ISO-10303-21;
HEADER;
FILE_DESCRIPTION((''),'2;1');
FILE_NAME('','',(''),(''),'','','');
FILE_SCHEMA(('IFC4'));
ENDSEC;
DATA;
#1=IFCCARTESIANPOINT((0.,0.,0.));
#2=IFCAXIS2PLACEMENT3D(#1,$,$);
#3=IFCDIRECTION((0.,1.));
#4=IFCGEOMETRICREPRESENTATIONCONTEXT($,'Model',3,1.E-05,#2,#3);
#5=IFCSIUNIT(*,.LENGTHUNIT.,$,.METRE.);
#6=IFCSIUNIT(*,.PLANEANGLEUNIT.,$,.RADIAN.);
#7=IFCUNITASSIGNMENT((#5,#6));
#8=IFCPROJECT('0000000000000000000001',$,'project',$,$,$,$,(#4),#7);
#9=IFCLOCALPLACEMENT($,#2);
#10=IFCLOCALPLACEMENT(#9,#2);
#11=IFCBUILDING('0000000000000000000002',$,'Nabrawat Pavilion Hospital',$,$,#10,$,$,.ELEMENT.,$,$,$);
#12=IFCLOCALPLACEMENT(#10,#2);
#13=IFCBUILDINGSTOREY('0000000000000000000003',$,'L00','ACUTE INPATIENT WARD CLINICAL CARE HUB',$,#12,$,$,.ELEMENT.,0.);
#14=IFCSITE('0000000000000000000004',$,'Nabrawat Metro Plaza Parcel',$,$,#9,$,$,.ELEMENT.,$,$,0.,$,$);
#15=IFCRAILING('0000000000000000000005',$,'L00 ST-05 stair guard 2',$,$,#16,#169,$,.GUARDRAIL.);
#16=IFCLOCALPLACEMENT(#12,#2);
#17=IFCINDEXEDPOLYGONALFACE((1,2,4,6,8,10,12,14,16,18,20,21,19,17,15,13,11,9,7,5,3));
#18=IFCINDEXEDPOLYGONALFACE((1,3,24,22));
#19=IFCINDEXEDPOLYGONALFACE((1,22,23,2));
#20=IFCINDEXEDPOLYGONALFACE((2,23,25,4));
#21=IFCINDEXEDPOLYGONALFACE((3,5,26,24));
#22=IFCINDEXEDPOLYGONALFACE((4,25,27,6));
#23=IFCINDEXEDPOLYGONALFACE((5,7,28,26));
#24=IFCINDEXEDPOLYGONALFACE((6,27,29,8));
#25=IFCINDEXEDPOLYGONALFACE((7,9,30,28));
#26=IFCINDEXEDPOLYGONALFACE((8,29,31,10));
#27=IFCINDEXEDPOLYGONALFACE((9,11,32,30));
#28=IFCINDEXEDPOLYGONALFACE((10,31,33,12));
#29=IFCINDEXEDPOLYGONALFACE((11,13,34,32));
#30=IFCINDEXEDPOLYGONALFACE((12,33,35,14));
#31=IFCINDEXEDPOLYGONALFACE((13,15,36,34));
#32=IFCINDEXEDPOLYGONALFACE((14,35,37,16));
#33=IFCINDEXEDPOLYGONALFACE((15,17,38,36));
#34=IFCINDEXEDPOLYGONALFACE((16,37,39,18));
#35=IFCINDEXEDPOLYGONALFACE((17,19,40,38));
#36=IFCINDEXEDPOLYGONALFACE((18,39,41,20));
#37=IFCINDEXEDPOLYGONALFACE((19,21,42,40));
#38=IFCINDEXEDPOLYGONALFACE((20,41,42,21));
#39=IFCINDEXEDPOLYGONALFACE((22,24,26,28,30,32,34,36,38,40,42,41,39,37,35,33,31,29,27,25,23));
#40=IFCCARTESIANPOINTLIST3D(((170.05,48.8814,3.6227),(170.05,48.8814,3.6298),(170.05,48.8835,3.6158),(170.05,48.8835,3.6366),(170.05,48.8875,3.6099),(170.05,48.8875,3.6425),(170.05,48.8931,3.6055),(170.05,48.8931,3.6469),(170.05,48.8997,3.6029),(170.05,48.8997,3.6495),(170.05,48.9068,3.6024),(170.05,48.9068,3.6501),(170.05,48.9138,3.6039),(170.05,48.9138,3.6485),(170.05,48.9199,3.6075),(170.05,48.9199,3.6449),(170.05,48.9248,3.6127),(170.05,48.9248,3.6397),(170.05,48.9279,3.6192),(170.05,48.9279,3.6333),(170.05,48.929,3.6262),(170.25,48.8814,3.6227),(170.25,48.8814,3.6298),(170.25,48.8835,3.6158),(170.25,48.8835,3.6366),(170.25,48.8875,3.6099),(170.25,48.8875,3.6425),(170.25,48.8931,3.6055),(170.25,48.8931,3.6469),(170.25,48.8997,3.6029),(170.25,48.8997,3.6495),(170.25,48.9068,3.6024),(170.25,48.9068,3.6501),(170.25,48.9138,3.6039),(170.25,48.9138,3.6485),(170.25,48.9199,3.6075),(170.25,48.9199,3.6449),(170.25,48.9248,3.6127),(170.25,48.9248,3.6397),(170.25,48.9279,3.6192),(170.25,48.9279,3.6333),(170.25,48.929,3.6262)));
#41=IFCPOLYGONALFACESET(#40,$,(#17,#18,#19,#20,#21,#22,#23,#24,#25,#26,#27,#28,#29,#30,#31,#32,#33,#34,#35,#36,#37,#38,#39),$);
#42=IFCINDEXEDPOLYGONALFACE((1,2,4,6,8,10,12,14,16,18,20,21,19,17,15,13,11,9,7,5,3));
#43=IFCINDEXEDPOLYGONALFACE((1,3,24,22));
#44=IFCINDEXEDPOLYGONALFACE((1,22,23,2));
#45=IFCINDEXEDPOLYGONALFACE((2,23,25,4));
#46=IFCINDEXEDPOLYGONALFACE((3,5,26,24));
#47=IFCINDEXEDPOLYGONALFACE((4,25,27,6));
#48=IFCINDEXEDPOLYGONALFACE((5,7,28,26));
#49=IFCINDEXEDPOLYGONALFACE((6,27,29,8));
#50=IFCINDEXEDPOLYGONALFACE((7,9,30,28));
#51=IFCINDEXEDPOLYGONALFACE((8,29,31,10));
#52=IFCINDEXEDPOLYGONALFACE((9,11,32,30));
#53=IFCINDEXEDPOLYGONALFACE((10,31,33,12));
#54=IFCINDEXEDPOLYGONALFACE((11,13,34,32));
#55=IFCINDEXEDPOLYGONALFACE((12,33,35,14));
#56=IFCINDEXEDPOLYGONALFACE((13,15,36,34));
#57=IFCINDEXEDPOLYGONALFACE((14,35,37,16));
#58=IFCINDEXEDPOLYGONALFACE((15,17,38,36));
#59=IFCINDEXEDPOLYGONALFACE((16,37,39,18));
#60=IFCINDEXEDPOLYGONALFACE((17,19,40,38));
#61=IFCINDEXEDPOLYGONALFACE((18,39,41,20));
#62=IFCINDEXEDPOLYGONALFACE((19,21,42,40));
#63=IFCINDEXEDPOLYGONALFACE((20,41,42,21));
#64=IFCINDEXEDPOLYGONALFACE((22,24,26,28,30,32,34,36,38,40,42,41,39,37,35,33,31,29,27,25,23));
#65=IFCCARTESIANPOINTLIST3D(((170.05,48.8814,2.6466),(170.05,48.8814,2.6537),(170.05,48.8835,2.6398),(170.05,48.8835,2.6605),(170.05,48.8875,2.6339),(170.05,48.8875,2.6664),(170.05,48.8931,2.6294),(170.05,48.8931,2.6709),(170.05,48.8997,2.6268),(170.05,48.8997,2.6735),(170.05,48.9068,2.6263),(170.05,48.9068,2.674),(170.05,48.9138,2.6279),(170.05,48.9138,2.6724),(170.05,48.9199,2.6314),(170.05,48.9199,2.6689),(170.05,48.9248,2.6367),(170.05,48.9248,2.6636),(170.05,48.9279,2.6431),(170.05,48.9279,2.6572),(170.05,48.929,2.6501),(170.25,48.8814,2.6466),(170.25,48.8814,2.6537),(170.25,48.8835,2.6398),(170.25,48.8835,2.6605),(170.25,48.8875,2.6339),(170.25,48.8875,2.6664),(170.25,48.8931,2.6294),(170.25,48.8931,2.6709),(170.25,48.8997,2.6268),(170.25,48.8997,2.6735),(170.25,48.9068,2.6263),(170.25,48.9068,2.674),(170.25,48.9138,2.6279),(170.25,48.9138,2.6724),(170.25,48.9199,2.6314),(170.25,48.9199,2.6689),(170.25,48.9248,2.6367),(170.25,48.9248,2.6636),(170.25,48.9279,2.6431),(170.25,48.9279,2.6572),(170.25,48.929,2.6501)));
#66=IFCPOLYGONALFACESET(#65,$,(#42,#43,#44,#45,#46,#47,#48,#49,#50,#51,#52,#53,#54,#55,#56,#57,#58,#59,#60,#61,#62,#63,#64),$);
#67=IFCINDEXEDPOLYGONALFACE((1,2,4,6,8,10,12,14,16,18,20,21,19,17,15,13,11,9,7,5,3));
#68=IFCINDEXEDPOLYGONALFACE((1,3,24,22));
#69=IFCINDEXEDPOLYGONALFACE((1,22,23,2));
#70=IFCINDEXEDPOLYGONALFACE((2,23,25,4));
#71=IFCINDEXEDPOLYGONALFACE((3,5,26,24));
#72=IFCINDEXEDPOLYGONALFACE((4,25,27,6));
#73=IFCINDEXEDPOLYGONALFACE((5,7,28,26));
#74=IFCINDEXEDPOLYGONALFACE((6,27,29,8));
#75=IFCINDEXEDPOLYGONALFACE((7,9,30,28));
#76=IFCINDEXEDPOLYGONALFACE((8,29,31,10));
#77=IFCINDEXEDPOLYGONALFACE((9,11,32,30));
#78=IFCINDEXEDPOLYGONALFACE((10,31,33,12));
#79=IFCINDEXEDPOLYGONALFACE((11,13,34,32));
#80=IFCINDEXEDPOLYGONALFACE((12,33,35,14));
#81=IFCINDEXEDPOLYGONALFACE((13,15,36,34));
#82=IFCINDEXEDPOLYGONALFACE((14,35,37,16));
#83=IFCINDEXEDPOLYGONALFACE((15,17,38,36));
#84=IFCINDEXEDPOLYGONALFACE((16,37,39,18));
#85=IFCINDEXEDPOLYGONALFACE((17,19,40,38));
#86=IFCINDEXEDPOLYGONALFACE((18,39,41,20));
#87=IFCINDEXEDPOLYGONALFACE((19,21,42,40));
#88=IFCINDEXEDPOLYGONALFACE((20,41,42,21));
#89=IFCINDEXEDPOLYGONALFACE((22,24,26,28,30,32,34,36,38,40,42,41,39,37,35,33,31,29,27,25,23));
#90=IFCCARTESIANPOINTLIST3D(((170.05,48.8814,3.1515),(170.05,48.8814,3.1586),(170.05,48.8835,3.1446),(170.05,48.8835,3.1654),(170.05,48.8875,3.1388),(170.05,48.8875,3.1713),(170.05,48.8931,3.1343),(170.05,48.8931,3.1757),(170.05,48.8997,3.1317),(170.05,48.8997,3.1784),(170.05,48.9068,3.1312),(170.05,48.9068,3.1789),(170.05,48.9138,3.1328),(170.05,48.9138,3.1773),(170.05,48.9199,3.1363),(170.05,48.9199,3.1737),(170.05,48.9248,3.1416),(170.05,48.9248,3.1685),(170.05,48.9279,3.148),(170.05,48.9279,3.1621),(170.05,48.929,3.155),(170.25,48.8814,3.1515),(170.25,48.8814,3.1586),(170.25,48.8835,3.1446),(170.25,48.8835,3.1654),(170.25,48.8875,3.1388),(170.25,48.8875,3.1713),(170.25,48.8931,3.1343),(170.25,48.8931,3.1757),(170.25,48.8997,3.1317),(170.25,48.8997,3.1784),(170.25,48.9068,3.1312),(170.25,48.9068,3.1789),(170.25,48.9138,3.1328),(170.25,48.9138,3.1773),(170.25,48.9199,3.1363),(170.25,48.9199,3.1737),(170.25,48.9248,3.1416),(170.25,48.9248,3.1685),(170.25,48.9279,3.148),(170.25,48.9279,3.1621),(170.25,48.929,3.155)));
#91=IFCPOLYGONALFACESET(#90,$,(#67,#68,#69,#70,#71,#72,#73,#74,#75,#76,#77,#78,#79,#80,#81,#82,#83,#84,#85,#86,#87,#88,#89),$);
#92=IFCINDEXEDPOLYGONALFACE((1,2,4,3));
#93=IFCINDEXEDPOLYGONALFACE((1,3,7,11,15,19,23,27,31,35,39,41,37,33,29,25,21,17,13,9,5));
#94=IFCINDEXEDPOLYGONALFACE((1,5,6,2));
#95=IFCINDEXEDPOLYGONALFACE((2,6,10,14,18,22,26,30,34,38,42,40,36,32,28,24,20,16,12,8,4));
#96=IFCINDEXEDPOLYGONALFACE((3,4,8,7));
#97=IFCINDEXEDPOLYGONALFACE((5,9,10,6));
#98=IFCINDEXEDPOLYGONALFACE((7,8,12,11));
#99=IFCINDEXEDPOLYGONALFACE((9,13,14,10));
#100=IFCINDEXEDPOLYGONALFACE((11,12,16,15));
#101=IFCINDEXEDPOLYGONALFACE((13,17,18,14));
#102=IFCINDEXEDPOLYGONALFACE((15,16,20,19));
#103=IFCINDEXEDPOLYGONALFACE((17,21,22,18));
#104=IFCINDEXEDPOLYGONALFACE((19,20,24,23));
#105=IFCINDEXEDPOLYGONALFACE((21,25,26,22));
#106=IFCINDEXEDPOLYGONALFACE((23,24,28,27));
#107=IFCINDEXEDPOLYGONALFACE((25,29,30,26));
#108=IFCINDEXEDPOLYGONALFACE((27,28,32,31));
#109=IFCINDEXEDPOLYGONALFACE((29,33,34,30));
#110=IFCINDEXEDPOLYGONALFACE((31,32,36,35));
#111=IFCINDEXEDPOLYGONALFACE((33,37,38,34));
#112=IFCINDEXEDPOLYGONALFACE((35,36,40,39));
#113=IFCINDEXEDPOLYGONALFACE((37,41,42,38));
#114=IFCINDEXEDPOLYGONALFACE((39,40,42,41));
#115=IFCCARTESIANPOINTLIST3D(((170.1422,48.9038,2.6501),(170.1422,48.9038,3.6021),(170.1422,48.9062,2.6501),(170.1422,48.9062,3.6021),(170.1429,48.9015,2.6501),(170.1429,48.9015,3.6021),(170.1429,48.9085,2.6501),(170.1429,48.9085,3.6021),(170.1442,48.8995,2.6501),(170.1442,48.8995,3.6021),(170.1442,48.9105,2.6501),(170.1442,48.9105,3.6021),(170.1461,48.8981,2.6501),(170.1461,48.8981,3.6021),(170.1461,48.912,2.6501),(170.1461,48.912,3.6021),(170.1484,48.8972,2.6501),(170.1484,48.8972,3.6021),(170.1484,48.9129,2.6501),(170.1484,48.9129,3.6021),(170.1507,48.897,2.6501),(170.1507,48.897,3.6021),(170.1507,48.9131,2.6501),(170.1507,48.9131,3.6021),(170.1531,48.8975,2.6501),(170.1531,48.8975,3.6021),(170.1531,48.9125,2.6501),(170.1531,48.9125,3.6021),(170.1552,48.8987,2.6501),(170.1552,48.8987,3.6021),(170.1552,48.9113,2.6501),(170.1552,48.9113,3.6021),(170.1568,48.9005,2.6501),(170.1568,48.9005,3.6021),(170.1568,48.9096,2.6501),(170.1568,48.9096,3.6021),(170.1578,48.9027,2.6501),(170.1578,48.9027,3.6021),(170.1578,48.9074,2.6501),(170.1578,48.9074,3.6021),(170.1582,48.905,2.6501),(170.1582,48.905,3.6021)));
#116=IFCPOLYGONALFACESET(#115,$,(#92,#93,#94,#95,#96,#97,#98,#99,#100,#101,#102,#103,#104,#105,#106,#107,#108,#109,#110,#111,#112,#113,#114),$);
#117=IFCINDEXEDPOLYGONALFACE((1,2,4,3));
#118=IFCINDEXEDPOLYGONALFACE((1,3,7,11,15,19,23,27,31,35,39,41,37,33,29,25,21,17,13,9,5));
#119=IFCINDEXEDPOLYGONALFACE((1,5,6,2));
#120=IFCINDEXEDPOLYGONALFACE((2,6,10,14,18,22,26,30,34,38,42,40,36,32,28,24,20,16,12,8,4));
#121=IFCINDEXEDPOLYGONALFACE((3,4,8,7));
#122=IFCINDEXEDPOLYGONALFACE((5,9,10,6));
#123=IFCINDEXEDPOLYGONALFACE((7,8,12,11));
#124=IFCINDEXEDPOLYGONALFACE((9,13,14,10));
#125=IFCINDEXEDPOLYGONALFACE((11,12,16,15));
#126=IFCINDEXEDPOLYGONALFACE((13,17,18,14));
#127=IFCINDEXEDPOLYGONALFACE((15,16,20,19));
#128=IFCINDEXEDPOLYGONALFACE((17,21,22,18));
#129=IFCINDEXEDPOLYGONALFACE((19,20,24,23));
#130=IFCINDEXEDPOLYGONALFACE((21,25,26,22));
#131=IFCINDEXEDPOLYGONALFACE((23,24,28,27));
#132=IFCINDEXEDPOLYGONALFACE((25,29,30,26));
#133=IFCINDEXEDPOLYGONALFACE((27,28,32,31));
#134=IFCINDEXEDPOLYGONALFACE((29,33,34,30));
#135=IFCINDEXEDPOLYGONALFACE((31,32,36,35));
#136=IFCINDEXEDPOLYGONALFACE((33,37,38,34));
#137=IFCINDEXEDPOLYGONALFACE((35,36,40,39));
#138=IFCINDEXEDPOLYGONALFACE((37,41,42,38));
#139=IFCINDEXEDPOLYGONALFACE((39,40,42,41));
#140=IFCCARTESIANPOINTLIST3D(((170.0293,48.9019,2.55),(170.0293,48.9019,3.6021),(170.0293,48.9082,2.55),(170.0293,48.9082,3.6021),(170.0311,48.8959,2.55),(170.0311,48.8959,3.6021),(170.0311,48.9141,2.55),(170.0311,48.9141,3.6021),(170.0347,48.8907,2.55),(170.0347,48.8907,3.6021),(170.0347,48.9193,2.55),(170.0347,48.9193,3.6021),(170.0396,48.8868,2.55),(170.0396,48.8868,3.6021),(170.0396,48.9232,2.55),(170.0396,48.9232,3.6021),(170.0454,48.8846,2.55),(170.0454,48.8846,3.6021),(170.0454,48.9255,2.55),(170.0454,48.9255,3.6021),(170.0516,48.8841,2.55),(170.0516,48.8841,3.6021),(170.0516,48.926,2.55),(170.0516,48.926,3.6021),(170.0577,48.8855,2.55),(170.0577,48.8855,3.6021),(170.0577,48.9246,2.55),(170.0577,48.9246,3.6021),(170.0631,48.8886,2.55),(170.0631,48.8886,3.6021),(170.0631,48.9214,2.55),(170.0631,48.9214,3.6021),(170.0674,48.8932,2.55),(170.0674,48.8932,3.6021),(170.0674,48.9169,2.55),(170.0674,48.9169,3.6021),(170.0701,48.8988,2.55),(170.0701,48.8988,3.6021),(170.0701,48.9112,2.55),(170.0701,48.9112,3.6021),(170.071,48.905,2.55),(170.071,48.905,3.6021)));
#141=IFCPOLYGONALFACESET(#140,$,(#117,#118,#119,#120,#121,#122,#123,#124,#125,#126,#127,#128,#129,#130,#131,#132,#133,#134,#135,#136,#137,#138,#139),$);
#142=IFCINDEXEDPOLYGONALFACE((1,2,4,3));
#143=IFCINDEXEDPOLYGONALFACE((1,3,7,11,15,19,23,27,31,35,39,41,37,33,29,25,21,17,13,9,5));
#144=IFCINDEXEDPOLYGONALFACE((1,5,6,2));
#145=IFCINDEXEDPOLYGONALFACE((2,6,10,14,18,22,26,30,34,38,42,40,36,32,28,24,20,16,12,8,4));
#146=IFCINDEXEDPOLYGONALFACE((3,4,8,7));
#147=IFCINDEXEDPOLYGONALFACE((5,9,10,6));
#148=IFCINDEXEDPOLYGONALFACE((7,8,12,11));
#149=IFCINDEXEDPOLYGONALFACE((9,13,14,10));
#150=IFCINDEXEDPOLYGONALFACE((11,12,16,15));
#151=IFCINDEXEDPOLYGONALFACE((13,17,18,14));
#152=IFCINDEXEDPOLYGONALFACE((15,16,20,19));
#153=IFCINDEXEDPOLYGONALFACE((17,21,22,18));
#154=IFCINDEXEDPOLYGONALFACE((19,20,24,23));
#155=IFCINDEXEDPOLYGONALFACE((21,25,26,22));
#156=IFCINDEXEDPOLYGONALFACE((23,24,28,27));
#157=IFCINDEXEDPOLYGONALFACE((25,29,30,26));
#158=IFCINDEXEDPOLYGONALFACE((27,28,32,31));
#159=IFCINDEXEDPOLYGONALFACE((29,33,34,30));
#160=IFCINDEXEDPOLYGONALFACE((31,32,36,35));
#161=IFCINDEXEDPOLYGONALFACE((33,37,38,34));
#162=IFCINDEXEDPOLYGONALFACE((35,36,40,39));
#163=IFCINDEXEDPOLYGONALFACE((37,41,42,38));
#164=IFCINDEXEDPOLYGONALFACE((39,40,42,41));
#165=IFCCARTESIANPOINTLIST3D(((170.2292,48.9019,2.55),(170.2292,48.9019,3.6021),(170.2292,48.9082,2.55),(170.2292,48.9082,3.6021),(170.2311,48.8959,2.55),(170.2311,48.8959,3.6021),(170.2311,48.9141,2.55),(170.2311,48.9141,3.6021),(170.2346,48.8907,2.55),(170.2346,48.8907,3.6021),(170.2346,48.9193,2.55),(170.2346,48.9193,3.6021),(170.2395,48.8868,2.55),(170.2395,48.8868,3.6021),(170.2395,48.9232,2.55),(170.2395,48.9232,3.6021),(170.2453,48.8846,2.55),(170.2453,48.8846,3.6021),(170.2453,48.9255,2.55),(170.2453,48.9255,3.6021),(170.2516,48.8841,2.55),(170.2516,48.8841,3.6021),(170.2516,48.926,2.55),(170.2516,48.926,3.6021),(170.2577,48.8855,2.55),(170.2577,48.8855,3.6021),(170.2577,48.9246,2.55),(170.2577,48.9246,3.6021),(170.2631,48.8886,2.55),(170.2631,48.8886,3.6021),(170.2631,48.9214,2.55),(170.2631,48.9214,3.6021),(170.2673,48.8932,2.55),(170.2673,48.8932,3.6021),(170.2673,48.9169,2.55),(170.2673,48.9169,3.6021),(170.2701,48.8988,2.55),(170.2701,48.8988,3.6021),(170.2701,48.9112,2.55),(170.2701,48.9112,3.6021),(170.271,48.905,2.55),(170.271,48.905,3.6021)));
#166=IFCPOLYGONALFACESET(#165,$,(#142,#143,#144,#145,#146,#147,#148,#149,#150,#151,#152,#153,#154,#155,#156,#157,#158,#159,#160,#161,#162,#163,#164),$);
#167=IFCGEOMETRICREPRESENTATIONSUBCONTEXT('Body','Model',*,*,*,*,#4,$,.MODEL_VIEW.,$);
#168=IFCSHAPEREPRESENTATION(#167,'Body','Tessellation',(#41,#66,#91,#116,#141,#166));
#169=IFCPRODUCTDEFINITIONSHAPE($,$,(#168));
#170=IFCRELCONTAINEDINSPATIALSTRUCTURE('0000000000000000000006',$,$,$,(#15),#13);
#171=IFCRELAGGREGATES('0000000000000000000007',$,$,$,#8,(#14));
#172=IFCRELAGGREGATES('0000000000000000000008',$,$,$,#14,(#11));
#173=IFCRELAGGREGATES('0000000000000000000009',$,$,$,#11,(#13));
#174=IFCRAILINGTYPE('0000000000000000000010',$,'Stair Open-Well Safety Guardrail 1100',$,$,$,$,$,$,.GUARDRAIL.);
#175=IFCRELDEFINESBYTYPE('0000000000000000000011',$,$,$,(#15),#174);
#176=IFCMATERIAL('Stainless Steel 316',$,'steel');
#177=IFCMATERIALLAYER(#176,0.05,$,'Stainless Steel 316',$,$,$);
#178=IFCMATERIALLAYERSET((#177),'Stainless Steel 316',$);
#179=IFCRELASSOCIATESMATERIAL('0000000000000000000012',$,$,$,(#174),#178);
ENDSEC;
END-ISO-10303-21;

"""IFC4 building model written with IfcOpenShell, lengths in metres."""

from ifc_helpers import new_model, si_unit, direction, frame, origin, origin_2d, place, context, subcontext, project, spatial, circle, extrude, material, layer, layer_set, type_object, element, save


model = new_model("IFC4")

# Units and contexts
model_context = context("Model", 3, precision=1e-05, world=origin(), true_north=direction((0.0, 1.0)))
body_context = subcontext(model_context, "Body", "Model", "MODEL_VIEW")
ifc_project = project(units=[si_unit("LENGTHUNIT", "METRE"), si_unit("PLANEANGLEUNIT", "RADIAN")], contexts=[model_context])

# Site, building, storey
site_placement = place(None, origin())
site = spatial("IfcSite", under=ifc_project, at=site_placement, Name="Nabrawat Metro Plaza Parcel", CompositionType="ELEMENT", RefElevation=0.0)
building_placement = place(site_placement, origin())
building = spatial("IfcBuilding", under=site, at=building_placement, Name="Nabrawat Pavilion Hospital", CompositionType="ELEMENT")
storey_placement = place(building_placement, origin())
storey = spatial("IfcBuildingStorey", under=building, at=storey_placement, Name="L00", Description="ACUTE INPATIENT WARD CLINICAL CARE HUB", CompositionType="ELEMENT", Elevation=0.0)

# Railing
ifc_material_1 = material(Name="Stainless Steel 316", Category="steel")
ifc_layer_1 = layer(ifc_material_1, 0.05, Name="Stainless Steel 316")
ifc_layer_set_1 = layer_set([ifc_layer_1], Name="Stainless Steel 316")
railing_type_1 = type_object("IfcRailingType", Name="Stair Open-Well Safety Guardrail 1100", PredefinedType="GUARDRAIL", material=ifc_layer_set_1)
railing_1_placement = place(storey_placement, frame((170.05, 48.905, 2.55)))
element("IfcRailing", 1, at=railing_1_placement, inside=storey, type_object=railing_type_1, Name="L00 ST-05 stair guard 2", PredefinedType="GUARDRAIL", context=body_context, shape_type="SweptSolid", body=[
    extrude(circle(Radius=0.0239, at=origin_2d()), frame((0.0, 0.0, 1.0762), z_axis=(1.0, 0.0, 0.0), x_axis=(0.0, 1.0, 0.0)), (0.0, 0.0, 1.0), 0.2),
    extrude(circle(Radius=0.0239, at=origin_2d()), frame((0.0, 0.0, 0.1001), z_axis=(1.0, 0.0, 0.0), x_axis=(0.0, 1.0, 0.0)), (0.0, 0.0, 1.0), 0.2),
    extrude(circle(Radius=0.0239, at=origin_2d()), frame((0.0, 0.0, 0.605), z_axis=(1.0, 0.0, 0.0), x_axis=(0.0, 1.0, 0.0)), (0.0, 0.0, 1.0), 0.2),
    extrude(circle(Radius=0.0081, at=origin_2d()), frame((0.1001, 0.0, 0.1001)), (0.0, 0.0, 1.0), 0.9519),
    extrude(circle(Radius=0.021, at=origin_2d()), origin(), (0.0, 0.0, 1.0), 1.052),
    extrude(circle(Radius=0.021, at=origin_2d()), frame((0.2, 0.0, 0.0)), (0.0, 0.0, 1.0), 1.052),
])

save(model, "model.ifc")
